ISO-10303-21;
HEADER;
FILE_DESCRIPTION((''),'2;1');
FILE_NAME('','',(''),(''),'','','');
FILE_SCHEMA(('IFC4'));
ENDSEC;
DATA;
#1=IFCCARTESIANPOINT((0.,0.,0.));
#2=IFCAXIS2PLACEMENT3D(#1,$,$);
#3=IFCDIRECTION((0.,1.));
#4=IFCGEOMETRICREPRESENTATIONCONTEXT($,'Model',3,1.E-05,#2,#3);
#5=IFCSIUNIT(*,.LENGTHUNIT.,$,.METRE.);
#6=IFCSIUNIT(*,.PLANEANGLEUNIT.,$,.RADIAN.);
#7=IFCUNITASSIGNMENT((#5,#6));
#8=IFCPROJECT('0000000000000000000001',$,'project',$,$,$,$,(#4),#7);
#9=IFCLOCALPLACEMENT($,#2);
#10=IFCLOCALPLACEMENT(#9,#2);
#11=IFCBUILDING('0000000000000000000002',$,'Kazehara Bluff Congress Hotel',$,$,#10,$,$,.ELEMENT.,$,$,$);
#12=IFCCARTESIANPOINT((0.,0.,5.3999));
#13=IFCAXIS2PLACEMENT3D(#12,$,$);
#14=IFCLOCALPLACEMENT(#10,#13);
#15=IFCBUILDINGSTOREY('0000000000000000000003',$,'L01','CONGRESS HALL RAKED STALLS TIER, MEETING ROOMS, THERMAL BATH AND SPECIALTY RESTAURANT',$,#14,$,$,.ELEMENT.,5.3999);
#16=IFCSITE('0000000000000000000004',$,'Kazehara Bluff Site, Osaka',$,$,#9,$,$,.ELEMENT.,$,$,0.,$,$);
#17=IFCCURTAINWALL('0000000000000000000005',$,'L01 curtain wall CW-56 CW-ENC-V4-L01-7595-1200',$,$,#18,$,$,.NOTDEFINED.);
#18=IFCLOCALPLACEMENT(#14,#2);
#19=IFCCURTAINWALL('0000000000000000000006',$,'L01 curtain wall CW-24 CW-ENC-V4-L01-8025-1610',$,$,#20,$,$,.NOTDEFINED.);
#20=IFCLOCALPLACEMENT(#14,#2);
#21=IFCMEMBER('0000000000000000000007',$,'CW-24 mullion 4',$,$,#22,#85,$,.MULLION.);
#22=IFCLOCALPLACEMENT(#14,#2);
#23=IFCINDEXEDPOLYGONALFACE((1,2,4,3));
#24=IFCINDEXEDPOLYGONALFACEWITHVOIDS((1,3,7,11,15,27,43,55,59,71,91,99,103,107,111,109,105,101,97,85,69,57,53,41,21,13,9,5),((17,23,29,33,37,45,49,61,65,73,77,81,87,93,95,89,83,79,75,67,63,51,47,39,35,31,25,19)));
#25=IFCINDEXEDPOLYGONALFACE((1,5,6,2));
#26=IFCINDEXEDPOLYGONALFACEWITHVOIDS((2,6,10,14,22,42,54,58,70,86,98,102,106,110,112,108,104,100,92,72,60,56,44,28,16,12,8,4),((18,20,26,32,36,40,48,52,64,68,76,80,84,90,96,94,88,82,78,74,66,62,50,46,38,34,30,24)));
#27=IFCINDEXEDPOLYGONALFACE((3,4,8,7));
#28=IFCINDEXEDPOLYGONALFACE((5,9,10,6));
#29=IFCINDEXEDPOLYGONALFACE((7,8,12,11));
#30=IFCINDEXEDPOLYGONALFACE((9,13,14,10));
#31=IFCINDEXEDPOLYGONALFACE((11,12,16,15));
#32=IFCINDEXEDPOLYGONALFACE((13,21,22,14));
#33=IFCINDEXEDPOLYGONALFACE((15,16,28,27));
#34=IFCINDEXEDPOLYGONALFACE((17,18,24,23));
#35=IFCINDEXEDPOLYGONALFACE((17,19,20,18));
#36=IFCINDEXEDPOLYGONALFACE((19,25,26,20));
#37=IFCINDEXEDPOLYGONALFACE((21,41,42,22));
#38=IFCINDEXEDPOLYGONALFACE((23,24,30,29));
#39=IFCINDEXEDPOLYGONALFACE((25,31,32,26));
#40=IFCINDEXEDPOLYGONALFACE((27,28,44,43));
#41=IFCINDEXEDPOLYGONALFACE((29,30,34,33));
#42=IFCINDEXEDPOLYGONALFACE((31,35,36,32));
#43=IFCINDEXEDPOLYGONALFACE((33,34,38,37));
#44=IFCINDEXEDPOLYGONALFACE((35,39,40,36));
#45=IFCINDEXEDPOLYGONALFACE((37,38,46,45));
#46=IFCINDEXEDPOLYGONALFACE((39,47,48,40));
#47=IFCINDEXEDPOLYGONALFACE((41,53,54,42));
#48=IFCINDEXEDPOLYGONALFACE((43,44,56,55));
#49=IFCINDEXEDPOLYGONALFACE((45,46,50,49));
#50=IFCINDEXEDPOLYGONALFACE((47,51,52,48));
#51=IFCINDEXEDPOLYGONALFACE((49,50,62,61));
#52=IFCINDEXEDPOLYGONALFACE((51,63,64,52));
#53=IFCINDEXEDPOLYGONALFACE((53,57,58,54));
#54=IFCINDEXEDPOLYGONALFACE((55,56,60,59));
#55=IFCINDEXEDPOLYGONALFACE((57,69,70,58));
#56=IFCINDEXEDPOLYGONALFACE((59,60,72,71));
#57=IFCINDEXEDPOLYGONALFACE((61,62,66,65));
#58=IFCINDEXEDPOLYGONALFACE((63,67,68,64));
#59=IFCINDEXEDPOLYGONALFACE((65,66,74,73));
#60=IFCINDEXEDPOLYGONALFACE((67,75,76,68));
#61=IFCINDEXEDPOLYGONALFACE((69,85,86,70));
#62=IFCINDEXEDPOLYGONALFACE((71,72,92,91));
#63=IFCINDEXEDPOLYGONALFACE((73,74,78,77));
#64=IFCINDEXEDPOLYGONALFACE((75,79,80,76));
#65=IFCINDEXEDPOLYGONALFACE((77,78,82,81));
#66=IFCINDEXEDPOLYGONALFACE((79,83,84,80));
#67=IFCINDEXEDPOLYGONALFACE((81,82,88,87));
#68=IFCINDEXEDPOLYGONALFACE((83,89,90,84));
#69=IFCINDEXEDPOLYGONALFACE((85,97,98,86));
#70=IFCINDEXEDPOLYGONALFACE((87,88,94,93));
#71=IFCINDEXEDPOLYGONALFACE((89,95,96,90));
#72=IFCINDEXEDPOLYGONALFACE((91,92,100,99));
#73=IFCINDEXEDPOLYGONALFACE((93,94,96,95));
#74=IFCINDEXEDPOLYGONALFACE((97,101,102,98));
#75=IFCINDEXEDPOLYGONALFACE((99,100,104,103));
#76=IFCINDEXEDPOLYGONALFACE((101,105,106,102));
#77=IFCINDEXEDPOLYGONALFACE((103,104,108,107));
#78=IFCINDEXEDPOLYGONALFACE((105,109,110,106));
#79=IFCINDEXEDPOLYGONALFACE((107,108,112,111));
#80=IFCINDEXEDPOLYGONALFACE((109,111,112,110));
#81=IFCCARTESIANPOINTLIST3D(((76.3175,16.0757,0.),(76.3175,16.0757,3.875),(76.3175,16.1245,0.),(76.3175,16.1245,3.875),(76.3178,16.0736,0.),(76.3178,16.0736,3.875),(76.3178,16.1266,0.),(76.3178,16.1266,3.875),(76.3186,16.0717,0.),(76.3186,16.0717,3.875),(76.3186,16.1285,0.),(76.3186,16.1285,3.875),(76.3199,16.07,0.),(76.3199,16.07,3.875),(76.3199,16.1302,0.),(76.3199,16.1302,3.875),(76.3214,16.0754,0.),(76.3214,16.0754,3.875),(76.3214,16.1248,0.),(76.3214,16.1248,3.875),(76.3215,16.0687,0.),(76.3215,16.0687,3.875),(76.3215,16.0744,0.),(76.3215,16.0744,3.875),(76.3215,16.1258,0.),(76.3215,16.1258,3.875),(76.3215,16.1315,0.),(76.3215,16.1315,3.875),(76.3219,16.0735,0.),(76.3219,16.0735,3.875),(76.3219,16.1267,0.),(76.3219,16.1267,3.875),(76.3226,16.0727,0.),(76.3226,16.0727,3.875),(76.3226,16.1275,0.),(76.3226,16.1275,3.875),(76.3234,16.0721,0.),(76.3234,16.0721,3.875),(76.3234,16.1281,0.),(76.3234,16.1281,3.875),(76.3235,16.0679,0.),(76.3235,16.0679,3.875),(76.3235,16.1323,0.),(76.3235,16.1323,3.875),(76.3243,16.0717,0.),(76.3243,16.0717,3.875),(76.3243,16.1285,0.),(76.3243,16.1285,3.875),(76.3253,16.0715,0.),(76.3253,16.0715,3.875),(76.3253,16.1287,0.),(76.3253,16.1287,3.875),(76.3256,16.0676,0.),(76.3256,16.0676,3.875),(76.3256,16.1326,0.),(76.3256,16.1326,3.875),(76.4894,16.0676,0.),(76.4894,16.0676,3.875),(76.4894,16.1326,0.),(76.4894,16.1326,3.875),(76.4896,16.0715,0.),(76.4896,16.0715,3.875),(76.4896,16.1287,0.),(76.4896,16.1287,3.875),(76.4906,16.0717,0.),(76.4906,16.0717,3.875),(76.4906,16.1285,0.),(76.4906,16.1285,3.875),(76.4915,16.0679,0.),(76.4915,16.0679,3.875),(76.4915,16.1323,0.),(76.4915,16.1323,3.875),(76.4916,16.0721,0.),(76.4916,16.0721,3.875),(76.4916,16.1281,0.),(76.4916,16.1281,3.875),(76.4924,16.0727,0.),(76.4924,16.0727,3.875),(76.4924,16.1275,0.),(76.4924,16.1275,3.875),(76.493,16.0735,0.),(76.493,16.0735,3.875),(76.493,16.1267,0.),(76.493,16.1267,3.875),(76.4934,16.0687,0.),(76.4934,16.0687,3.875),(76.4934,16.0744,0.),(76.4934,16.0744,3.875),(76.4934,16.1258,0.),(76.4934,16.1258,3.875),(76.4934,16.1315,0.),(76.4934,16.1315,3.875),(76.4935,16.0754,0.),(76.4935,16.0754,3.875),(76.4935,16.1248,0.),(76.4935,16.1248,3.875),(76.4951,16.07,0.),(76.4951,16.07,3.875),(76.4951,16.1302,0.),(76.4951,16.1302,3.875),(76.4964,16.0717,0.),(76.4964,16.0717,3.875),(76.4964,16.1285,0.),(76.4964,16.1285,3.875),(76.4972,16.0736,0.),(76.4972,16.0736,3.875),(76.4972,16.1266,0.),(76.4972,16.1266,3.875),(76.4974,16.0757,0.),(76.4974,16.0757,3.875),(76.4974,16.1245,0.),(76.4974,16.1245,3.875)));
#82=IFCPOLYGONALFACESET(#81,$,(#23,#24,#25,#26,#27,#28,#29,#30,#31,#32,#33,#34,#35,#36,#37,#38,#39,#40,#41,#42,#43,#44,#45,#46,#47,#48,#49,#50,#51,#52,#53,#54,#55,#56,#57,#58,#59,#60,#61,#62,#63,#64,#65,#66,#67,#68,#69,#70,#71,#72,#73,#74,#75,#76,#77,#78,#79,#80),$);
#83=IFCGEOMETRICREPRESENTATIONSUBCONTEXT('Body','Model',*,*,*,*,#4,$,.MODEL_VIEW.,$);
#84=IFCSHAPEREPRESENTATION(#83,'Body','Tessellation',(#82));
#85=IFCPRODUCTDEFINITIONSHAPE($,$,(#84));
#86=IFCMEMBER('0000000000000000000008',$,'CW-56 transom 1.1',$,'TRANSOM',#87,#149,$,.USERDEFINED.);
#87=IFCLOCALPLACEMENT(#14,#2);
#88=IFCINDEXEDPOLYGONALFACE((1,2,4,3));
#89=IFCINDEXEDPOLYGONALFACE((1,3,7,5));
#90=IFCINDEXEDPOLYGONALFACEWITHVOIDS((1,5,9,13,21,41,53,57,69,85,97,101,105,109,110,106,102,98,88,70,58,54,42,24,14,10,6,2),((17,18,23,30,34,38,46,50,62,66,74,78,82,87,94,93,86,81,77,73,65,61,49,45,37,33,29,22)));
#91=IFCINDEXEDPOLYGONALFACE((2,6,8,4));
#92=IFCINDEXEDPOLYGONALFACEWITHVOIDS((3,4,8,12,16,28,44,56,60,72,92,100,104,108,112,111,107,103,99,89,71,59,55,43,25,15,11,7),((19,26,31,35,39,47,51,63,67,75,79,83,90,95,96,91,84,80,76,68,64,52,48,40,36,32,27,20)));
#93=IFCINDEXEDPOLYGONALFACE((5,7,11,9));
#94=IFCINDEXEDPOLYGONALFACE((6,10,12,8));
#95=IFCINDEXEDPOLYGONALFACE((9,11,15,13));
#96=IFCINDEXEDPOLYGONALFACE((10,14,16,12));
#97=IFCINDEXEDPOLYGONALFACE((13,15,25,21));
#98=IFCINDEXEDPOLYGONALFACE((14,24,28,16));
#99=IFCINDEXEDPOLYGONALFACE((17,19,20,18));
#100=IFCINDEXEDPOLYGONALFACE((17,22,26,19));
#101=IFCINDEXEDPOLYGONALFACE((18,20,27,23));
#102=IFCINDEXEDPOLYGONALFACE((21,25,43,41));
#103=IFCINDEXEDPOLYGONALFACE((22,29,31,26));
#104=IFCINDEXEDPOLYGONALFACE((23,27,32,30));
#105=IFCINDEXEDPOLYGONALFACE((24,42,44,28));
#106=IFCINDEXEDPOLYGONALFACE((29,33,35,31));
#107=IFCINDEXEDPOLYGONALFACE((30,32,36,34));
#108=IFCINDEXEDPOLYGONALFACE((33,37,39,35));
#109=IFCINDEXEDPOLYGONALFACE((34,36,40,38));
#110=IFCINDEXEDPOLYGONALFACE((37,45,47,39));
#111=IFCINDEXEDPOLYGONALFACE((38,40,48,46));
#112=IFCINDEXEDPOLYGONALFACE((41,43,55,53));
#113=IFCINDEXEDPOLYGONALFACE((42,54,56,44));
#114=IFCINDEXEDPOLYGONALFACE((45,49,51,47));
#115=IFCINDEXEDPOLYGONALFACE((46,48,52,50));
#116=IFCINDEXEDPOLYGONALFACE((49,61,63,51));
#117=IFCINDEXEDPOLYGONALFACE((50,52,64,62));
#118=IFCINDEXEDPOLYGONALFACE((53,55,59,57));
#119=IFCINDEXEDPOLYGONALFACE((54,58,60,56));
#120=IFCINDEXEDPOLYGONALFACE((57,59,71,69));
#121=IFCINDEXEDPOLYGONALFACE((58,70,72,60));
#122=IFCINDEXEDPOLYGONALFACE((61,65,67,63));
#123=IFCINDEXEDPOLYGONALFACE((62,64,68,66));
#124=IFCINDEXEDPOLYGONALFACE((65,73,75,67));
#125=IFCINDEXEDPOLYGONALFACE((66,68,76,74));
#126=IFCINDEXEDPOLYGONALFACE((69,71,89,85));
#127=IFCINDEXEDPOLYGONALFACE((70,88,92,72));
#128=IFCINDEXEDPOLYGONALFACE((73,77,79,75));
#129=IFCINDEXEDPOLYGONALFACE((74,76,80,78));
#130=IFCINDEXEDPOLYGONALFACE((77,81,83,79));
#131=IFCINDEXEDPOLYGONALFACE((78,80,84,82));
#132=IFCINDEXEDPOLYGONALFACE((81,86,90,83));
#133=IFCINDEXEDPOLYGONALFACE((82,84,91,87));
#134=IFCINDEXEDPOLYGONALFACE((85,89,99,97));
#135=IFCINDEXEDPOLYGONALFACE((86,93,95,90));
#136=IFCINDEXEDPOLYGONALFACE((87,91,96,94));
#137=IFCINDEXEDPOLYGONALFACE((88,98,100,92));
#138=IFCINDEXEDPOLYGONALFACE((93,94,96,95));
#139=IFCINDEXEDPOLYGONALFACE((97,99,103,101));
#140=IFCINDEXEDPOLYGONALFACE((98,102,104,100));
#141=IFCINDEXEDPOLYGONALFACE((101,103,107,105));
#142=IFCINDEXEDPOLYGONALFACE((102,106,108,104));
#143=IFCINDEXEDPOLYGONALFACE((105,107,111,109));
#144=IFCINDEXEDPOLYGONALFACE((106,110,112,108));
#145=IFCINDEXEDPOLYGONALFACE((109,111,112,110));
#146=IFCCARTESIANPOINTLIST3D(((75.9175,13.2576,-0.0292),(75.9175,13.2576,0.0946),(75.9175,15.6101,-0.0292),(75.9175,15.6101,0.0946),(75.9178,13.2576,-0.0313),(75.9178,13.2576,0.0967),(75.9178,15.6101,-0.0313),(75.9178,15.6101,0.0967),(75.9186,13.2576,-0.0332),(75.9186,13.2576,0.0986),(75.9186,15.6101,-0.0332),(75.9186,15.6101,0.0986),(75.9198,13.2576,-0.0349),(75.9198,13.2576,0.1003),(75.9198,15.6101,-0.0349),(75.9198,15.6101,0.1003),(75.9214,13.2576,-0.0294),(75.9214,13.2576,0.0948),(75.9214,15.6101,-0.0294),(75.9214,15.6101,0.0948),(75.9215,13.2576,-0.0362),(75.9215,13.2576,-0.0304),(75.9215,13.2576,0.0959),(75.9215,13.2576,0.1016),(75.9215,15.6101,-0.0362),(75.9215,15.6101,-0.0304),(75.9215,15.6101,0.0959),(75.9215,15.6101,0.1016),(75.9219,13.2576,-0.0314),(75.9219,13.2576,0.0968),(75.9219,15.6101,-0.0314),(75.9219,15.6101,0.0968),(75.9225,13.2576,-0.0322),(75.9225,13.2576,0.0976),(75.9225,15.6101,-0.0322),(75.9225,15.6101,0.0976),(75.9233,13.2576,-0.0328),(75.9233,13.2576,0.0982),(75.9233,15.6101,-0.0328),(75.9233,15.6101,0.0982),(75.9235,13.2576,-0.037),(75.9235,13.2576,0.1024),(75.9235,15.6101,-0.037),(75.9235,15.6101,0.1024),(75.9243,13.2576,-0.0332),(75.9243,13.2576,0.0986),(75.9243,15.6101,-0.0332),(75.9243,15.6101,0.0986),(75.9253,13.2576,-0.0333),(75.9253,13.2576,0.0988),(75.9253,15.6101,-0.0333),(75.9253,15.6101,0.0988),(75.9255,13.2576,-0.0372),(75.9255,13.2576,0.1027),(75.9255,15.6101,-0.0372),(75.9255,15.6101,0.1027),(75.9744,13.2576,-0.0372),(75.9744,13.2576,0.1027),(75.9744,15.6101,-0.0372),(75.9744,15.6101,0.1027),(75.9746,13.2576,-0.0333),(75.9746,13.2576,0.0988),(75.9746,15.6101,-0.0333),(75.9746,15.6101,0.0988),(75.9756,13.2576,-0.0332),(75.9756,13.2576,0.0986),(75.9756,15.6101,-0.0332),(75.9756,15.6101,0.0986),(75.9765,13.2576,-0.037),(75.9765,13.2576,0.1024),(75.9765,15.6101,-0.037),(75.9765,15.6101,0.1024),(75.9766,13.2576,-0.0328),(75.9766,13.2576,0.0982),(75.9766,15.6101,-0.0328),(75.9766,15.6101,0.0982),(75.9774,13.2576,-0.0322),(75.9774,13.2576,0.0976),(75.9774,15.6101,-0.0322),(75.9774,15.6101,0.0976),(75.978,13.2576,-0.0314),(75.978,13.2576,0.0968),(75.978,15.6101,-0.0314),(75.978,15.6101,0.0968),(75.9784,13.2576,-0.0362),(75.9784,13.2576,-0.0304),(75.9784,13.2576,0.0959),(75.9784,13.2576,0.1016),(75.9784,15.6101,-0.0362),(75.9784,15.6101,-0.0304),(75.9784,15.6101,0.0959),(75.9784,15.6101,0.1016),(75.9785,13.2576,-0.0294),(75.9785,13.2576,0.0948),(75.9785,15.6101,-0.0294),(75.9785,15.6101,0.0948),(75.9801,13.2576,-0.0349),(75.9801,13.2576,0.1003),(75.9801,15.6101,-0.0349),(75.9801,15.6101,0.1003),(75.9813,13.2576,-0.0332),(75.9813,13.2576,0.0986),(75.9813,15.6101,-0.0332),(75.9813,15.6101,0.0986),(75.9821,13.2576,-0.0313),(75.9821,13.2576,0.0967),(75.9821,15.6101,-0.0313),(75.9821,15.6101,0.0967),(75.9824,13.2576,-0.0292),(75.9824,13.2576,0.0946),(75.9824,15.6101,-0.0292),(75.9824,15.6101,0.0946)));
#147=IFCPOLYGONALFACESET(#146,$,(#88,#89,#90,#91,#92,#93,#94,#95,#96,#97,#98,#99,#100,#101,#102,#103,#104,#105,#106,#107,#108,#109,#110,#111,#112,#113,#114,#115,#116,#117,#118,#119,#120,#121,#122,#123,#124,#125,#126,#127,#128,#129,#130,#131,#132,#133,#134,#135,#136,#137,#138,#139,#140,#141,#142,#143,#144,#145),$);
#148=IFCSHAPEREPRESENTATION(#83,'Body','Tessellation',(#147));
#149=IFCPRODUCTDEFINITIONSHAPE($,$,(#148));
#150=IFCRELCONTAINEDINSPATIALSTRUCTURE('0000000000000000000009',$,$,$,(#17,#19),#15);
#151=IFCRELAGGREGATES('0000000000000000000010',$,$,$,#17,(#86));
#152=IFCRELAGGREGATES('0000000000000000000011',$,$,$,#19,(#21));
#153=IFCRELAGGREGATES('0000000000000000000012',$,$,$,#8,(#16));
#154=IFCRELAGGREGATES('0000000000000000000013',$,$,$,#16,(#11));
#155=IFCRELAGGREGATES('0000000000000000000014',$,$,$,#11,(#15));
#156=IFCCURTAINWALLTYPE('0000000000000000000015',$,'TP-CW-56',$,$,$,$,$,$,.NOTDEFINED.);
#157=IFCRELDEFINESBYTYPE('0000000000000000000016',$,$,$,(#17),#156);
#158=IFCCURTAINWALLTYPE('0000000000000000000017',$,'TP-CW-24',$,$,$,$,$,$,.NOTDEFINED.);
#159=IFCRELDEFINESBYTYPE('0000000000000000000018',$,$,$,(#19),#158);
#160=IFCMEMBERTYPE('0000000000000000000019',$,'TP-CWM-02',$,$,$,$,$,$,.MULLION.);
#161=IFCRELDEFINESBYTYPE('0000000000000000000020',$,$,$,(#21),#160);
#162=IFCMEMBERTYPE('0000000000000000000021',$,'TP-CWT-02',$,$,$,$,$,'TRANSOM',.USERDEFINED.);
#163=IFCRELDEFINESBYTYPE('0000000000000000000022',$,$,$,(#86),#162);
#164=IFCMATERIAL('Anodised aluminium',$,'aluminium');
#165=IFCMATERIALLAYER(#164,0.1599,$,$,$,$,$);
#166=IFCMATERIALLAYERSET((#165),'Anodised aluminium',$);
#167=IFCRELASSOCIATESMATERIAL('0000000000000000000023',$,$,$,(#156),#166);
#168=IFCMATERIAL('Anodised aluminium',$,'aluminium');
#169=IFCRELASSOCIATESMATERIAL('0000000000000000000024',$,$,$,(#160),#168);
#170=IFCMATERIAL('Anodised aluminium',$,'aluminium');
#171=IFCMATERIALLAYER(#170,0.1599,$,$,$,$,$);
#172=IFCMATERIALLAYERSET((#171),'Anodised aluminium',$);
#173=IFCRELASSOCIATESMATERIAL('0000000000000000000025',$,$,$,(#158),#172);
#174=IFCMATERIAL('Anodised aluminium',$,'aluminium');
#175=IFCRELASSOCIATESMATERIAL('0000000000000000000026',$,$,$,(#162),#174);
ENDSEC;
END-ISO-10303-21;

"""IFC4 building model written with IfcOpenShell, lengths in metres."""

from ifc_helpers import new_model, si_unit, direction, frame, origin, origin_2d, place, context, subcontext, project, spatial, hollow_rectangle, extrude, material, layer, layer_set, material_profile, profile_set, type_object, element, aggregate, save


model = new_model("IFC4")

# Units and contexts
model_context = context("Model", 3, precision=1e-05, world=origin(), true_north=direction((0.0, 1.0)))
body_context = subcontext(model_context, "Body", "Model", "MODEL_VIEW")
ifc_project = project(units=[si_unit("LENGTHUNIT", "METRE"), si_unit("PLANEANGLEUNIT", "RADIAN")], contexts=[model_context])

# Site, building, storey
site_placement = place(None, origin())
site = spatial("IfcSite", under=ifc_project, at=site_placement, Name="Kazehara Bluff Site, Osaka", CompositionType="ELEMENT", RefElevation=0.0)
building_placement = place(site_placement, origin())
building = spatial("IfcBuilding", under=site, at=building_placement, Name="Kazehara Bluff Congress Hotel", CompositionType="ELEMENT")
storey_placement = place(building_placement, frame((0.0, 0.0, 5.3999)))
storey = spatial("IfcBuildingStorey", under=building, at=storey_placement, Name="L01", Description="CONGRESS HALL RAKED STALLS TIER, MEETING ROOMS, THERMAL BATH AND SPECIALTY RESTAURANT", CompositionType="ELEMENT", Elevation=5.3999)

# Curtain walls, member
ifc_material_1 = material(Name="Anodised aluminium", Category="aluminium")
ifc_layer_1 = layer(ifc_material_1, 0.1599)
ifc_layer_set_1 = layer_set([ifc_layer_1], Name="Anodised aluminium")
curtain_wall_type_1 = type_object("IfcCurtainWallType", Name="TP-CW-56", PredefinedType="NOTDEFINED", material=ifc_layer_set_1)
curtain_wall_1_placement = place(storey_placement, origin())
curtain_wall_1 = element("IfcCurtainWall", 1, at=curtain_wall_1_placement, inside=storey, type_object=curtain_wall_type_1, Name="L01 curtain wall CW-56 CW-ENC-V4-L01-7595-1200", PredefinedType="NOTDEFINED")
ifc_material_2 = material(Name="Anodised aluminium", Category="aluminium")
ifc_material_profile_1 = material_profile(ifc_material_2, hollow_rectangle(XDim=0.0649, YDim=0.1799, WallThickness=0.0039, InnerFilletRadius=0.0039, OuterFilletRadius=0.0081, at=origin_2d()))
ifc_profile_set_1 = profile_set([ifc_material_profile_1], Name="Anodised aluminium")
member_type_1 = type_object("IfcMemberType", Name="TP-CWM-02", PredefinedType="MULLION", material=ifc_profile_set_1)
ifc_material_3 = material(Name="Anodised aluminium", Category="aluminium")
ifc_layer_2 = layer(ifc_material_3, 0.1599)
ifc_layer_set_2 = layer_set([ifc_layer_2], Name="Anodised aluminium")
curtain_wall_type_2 = type_object("IfcCurtainWallType", Name="TP-CW-24", PredefinedType="NOTDEFINED", material=ifc_layer_set_2)
curtain_wall_2_placement = place(storey_placement, origin())
curtain_wall_2 = element("IfcCurtainWall", 2, at=curtain_wall_2_placement, inside=storey, type_object=curtain_wall_type_2, Name="L01 curtain wall CW-24 CW-ENC-V4-L01-8025-1610", PredefinedType="NOTDEFINED")
member_1_placement = place(storey_placement, frame((76.4075, 16.1001, 0.0), z_axis=(0.0, 0.0, 1.0), x_axis=(0.0, -1.0, 0.0)))
member_1 = element("IfcMember", 3, at=member_1_placement, type_object=member_type_1, Name="CW-24 mullion 4", PredefinedType="MULLION", context=body_context, shape_type="SweptSolid", body=[
    extrude(hollow_rectangle(XDim=0.0649, YDim=0.1799, WallThickness=0.0039, InnerFilletRadius=0.0039, OuterFilletRadius=0.0081, at=origin_2d()), origin(), (0.0, 0.0, 1.0), 3.875),
])

# Member
ifc_material_4 = material(Name="Anodised aluminium", Category="aluminium")
ifc_material_profile_2 = material_profile(ifc_material_4, hollow_rectangle(XDim=0.0649, YDim=0.1399, WallThickness=0.0039, InnerFilletRadius=0.0039, OuterFilletRadius=0.0081, at=origin_2d()))
ifc_profile_set_2 = profile_set([ifc_material_profile_2], Name="Anodised aluminium")
member_type_2 = type_object("IfcMemberType", Name="TP-CWT-02", ElementType="TRANSOM", PredefinedType="USERDEFINED", material=ifc_profile_set_2)
member_2_placement = place(storey_placement, frame((75.95, 15.6101, 0.0327), z_axis=(0.0, -1.0, 0.0), x_axis=(1.0, 0.0, 0.0)))
member_2 = element("IfcMember", 4, at=member_2_placement, type_object=member_type_2, Name="CW-56 transom 1.1", ObjectType="TRANSOM", PredefinedType="USERDEFINED", context=body_context, shape_type="SweptSolid", body=[
    extrude(hollow_rectangle(XDim=0.0649, YDim=0.1399, WallThickness=0.0039, InnerFilletRadius=0.0039, OuterFilletRadius=0.0081, at=origin_2d()), origin(), (0.0, 0.0, 1.0), 2.3525),
])

aggregate(curtain_wall_1, [member_2])
aggregate(curtain_wall_2, [member_1])

save(model, "model.ifc")
